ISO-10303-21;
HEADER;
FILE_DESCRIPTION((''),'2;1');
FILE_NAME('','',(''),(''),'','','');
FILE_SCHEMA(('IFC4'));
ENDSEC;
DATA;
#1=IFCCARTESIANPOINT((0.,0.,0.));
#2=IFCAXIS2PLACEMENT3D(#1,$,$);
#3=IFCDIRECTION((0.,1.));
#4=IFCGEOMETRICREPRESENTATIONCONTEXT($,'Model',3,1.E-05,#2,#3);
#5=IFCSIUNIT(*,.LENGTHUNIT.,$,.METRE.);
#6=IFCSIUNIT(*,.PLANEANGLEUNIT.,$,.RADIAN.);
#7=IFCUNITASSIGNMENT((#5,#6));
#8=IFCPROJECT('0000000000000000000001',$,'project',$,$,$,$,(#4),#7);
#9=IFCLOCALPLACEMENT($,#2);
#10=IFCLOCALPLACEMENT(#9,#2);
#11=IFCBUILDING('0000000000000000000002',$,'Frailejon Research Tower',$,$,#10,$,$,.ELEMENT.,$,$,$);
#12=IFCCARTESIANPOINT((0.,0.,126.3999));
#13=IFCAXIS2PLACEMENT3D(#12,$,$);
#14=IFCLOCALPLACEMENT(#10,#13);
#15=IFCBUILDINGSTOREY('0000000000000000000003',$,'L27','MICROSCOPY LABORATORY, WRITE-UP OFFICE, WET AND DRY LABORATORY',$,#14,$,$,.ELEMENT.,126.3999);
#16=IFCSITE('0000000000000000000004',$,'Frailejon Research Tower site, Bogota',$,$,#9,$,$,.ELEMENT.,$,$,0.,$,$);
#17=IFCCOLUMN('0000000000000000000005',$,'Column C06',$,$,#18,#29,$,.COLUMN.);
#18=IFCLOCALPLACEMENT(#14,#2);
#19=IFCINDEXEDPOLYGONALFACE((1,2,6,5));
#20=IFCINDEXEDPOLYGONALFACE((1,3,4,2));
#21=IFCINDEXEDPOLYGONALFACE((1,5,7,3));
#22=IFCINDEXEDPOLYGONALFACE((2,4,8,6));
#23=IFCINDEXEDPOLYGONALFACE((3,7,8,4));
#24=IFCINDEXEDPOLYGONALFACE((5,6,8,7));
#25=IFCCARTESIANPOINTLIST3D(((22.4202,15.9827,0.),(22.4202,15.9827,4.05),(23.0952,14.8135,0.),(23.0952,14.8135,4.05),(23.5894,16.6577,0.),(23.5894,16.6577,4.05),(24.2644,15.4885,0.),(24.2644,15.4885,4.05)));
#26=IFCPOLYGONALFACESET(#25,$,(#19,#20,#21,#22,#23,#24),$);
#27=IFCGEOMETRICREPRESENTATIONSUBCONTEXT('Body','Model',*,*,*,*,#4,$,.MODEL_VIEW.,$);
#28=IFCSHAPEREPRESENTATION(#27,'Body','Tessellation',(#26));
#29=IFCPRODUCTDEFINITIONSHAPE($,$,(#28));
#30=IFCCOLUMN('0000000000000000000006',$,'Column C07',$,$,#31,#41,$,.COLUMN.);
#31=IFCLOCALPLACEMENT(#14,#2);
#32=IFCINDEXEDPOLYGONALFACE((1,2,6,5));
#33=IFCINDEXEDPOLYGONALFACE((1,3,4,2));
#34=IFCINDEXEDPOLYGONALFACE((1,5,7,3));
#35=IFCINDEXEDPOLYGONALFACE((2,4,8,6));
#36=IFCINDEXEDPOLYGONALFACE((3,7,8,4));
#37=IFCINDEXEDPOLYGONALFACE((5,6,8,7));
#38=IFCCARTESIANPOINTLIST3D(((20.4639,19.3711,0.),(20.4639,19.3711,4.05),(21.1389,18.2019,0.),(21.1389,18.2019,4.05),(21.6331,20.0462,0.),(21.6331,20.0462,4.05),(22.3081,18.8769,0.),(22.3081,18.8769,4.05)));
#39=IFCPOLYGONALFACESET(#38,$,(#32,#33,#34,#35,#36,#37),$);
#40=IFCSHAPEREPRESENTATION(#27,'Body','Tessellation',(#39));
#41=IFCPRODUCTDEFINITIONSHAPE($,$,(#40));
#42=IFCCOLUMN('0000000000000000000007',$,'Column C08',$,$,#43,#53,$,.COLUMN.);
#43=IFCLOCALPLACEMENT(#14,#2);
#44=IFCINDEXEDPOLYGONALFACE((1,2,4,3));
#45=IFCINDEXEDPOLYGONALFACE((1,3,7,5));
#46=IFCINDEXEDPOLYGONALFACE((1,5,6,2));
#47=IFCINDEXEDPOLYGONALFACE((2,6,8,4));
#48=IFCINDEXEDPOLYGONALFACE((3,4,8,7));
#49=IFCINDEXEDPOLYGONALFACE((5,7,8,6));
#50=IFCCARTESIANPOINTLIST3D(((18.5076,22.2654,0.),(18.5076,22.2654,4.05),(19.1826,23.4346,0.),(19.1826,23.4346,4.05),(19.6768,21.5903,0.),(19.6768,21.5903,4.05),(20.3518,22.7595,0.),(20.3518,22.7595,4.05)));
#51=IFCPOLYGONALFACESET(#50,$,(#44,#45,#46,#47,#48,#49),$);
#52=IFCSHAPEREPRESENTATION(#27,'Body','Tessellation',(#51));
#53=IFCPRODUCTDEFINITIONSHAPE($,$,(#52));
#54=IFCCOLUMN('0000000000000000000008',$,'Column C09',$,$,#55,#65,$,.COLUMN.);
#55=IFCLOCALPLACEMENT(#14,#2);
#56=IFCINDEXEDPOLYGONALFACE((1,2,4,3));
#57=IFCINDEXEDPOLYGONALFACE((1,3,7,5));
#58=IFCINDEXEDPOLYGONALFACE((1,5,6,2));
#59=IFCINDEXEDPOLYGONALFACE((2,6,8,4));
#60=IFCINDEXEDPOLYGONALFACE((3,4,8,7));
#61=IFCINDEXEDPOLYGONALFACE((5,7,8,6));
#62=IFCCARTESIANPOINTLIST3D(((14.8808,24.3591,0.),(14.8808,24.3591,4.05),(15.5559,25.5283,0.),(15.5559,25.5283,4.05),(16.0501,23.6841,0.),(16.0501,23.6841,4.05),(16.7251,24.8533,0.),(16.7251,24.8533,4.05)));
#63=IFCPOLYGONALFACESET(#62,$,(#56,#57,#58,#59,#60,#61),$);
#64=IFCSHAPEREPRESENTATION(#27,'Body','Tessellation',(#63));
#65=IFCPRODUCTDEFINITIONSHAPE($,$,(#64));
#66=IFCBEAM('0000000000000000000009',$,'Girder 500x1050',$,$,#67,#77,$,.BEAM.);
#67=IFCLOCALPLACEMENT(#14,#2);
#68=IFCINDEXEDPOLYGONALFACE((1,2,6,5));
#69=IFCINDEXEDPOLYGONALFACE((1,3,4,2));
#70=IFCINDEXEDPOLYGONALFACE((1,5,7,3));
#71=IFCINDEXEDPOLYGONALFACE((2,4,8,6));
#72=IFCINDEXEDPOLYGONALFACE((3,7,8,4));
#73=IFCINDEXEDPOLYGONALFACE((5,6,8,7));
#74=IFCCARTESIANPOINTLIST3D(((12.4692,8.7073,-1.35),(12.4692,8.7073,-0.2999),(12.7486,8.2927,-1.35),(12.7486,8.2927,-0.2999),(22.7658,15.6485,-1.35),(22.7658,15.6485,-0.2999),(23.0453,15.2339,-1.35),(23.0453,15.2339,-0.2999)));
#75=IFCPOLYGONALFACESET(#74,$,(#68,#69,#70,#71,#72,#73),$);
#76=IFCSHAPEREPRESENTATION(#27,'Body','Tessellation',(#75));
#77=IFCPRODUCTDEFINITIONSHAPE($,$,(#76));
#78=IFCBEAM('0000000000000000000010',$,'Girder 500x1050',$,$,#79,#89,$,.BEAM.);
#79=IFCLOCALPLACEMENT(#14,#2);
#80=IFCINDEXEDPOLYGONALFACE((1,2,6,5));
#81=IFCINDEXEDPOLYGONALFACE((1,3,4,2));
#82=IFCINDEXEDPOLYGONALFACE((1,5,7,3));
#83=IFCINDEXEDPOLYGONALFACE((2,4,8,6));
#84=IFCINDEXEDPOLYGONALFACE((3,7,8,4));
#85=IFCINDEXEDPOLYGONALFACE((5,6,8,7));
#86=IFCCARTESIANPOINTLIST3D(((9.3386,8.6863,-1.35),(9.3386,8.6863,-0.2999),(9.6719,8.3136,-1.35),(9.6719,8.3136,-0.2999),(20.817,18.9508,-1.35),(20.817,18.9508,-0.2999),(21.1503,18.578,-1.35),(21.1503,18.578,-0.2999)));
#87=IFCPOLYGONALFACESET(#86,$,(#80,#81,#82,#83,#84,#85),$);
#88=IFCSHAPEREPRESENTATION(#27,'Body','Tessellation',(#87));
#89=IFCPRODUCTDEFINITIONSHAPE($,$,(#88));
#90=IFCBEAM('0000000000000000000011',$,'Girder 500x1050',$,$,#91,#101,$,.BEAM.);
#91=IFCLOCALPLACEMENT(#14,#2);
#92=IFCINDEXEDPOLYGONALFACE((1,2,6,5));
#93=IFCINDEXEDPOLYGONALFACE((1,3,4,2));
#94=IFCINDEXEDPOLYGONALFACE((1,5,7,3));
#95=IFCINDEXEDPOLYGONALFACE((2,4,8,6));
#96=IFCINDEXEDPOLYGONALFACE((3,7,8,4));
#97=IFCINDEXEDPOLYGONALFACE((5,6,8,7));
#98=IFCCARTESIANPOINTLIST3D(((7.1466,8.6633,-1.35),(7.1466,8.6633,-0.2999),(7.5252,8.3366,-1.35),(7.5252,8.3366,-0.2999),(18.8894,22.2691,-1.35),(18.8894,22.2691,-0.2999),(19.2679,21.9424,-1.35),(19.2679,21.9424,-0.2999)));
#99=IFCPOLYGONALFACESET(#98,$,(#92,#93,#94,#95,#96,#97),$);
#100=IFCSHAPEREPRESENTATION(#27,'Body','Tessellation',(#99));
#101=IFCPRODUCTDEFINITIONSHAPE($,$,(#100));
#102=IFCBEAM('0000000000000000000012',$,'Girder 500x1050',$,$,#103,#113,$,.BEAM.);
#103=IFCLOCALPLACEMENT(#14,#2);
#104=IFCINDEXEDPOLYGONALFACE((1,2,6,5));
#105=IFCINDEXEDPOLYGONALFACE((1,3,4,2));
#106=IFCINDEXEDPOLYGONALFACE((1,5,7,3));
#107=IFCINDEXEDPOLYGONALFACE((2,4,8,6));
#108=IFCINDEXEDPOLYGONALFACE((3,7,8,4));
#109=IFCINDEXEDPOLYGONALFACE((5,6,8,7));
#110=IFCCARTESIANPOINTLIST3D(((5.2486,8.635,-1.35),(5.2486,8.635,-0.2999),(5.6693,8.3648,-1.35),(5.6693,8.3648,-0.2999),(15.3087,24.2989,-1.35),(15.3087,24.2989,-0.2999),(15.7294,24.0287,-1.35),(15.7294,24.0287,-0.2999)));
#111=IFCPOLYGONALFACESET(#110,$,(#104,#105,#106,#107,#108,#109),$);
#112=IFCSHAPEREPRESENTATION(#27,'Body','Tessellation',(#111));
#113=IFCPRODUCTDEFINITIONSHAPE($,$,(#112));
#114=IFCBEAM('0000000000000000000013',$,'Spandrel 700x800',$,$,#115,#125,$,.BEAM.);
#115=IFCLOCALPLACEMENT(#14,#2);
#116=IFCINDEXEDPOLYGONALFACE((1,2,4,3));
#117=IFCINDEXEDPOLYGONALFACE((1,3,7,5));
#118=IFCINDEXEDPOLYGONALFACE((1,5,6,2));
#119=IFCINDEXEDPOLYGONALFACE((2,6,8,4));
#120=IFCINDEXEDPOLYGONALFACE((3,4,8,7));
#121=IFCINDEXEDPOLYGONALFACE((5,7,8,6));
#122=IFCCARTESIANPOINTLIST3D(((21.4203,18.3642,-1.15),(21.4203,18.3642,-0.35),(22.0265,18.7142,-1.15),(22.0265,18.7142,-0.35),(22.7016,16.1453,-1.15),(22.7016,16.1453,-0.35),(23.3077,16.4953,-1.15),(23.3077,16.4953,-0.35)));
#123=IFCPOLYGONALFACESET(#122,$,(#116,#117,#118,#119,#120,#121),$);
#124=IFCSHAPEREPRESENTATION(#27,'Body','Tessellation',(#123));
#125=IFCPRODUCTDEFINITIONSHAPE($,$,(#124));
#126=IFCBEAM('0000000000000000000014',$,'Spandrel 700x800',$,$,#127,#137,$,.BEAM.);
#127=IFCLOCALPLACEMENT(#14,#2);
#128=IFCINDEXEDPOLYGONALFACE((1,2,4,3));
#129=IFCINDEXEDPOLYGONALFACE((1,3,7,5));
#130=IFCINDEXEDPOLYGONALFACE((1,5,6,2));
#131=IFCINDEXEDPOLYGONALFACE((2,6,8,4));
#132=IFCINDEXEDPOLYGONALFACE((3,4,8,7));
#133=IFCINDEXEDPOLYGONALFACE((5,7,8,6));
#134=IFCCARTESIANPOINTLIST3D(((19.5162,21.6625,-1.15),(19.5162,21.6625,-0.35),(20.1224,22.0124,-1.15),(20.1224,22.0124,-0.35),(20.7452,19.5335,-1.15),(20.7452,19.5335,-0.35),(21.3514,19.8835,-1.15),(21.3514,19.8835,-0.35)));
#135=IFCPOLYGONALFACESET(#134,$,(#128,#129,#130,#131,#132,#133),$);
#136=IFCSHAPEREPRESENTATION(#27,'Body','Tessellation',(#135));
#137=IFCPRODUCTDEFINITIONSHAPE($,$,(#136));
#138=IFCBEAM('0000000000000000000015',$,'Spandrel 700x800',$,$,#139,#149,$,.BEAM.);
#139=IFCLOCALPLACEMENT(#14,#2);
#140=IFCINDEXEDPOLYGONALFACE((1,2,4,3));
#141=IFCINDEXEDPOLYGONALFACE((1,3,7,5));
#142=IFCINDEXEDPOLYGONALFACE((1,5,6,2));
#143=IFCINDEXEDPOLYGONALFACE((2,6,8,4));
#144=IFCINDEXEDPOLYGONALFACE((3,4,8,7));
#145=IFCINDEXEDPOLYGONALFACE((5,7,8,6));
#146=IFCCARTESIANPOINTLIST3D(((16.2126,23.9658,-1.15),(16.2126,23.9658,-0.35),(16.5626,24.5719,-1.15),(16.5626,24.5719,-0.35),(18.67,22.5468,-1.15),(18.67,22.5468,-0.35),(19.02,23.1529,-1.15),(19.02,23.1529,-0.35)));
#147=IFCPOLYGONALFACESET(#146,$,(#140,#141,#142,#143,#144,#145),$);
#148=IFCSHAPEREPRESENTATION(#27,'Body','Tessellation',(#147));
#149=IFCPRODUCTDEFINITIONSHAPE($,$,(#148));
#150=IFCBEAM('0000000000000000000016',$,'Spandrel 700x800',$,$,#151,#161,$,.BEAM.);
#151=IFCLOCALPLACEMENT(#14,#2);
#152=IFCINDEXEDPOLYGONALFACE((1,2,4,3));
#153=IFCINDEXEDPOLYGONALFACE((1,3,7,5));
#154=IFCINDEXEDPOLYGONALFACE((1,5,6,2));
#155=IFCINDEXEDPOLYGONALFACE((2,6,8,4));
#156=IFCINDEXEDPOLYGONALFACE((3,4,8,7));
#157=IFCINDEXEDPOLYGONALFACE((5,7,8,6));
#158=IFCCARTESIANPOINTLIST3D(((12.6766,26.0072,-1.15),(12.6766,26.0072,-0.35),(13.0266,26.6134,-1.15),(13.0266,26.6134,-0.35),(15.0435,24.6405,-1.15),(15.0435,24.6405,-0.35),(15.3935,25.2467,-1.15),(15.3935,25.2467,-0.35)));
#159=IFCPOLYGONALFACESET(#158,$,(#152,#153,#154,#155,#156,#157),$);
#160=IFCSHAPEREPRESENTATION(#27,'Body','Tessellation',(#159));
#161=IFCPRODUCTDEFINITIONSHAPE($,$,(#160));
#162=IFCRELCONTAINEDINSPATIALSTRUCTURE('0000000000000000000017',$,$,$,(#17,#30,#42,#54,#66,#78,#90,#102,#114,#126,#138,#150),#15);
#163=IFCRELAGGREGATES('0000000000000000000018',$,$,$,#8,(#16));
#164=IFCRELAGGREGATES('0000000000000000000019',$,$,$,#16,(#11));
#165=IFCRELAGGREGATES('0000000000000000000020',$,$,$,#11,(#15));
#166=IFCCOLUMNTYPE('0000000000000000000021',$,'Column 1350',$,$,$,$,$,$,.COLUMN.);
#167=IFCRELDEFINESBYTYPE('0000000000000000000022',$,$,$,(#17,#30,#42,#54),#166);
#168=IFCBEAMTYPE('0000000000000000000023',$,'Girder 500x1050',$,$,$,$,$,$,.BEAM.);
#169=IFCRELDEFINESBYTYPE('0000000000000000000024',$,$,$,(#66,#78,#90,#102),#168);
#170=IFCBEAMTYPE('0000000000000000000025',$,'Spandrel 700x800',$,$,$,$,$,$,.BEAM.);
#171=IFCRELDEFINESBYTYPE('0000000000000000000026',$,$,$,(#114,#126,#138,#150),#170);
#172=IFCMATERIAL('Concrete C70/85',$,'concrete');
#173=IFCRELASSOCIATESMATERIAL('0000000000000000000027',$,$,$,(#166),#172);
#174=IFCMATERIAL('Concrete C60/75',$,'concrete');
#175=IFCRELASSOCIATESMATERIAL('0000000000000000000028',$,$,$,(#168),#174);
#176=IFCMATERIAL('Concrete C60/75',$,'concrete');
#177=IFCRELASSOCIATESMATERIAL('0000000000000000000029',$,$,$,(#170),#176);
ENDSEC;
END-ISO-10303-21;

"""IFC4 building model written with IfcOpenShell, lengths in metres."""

from ifc_helpers import new_model, si_unit, direction, frame, origin, origin_2d, place, context, subcontext, project, spatial, rectangle, extrude, material, material_profile, profile_set, type_object, element, save


model = new_model("IFC4")

# Units and contexts
model_context = context("Model", 3, precision=1e-05, world=origin(), true_north=direction((0.0, 1.0)))
body_context = subcontext(model_context, "Body", "Model", "MODEL_VIEW")
ifc_project = project(units=[si_unit("LENGTHUNIT", "METRE"), si_unit("PLANEANGLEUNIT", "RADIAN")], contexts=[model_context])

# Site, building, storey
site_placement = place(None, origin())
site = spatial("IfcSite", under=ifc_project, at=site_placement, Name="Frailejon Research Tower site, Bogota", CompositionType="ELEMENT", RefElevation=0.0)
building_placement = place(site_placement, origin())
building = spatial("IfcBuilding", under=site, at=building_placement, Name="Frailejon Research Tower", CompositionType="ELEMENT")
storey_placement = place(building_placement, frame((0.0, 0.0, 126.3999)))
storey = spatial("IfcBuildingStorey", under=building, at=storey_placement, Name="L27", Description="MICROSCOPY LABORATORY, WRITE-UP OFFICE, WET AND DRY LABORATORY", CompositionType="ELEMENT", Elevation=126.3999)

# Columns
ifc_material_1 = material(Name="Concrete C70/85", Category="concrete")
ifc_material_profile_1 = material_profile(ifc_material_1, rectangle(XDim=1.3501, YDim=1.3501, at=origin_2d()), Name="Column 1350")
ifc_profile_set_1 = profile_set([ifc_material_profile_1], Name="Concrete C70/85")
column_type = type_object("IfcColumnType", Name="Column 1350", PredefinedType="COLUMN", material=ifc_profile_set_1)
for number, where, z_axis, x_axis, name in (
    (1, (23.3423, 15.7356, 0.0), (0.0, 0.0, 1.0), (-0.5, 0.866025, 0.0), "Column C06"),
    (2, (21.386, 19.124, 0.0), (0.0, 0.0, 1.0), (-0.5, 0.866025, 0.0), "Column C07"),
    (3, (19.4297, 22.5125, 0.0), (0.0, 0.0, 1.0), (-0.866025, 0.5, 0.0), "Column C08"),
    (4, (15.803, 24.6062, 0.0), (0.0, 0.0, 1.0), (-0.866025, 0.5, 0.0), "Column C09"),
):
    element("IfcColumn", number, at=place(storey_placement, frame(where, z_axis=z_axis, x_axis=x_axis)), inside=storey, type_object=column_type, Name=name, PredefinedType="COLUMN", context=body_context, shape_type="SweptSolid", body=[
        extrude(rectangle(XDim=1.3501, YDim=1.3501, at=origin_2d()), origin(), (0.0, 0.0, 1.0), 4.05),
    ])

# Beams
ifc_material_2 = material(Name="Concrete C60/75", Category="concrete")
ifc_material_profile_2 = material_profile(ifc_material_2, rectangle(XDim=0.5, YDim=1.05, at=origin_2d()), Name="Girder 500x1050")
ifc_profile_set_2 = profile_set([ifc_material_profile_2], Name="Concrete C60/75")
beam_type_1 = type_object("IfcBeamType", Name="Girder 500x1050", PredefinedType="BEAM", material=ifc_profile_set_2)
beam_1_placement = place(storey_placement, frame((22.9055, 15.4412, -0.825), z_axis=(-0.829187, -0.558971, 0.0), x_axis=(0.558971, -0.829187, 0.0)))
element("IfcBeam", 5, at=beam_1_placement, inside=storey, type_object=beam_type_1, Name="Girder 500x1050", PredefinedType="BEAM", context=body_context, shape_type="SweptSolid", body=[
    extrude(rectangle(XDim=0.5, YDim=1.05, at=origin_2d()), origin(), (0.0, 0.0, 1.0), 12.4177),
])
beam_2_placement = place(storey_placement, frame((20.9836, 18.7644, -0.825), z_axis=(-0.745423, -0.666592, 0.0), x_axis=(0.666592, -0.745423, 0.0)))
element("IfcBeam", 6, at=beam_2_placement, inside=storey, type_object=beam_type_1, Name="Girder 500x1050", PredefinedType="BEAM", context=body_context, shape_type="SweptSolid", body=[
    extrude(rectangle(XDim=0.5, YDim=1.05, at=origin_2d()), origin(), (0.0, 0.0, 1.0), 15.3984),
])
beam_3_placement = place(storey_placement, frame((19.0786, 22.1057, -0.825), z_axis=(-0.653374, -0.757035, 0.0), x_axis=(0.757035, -0.653374, 0.0)))
element("IfcBeam", 7, at=beam_3_placement, inside=storey, type_object=beam_type_1, Name="Girder 500x1050", PredefinedType="BEAM", context=body_context, shape_type="SweptSolid", body=[
    extrude(rectangle(XDim=0.5, YDim=1.05, at=origin_2d()), origin(), (0.0, 0.0, 1.0), 17.9724),
])
beam_4_placement = place(storey_placement, frame((15.519, 24.1638, -0.825), z_axis=(-0.540395, -0.841411, 0.0), x_axis=(0.841411, -0.540395, 0.0)))
element("IfcBeam", 8, at=beam_4_placement, inside=storey, type_object=beam_type_1, Name="Girder 500x1050", PredefinedType="BEAM", context=body_context, shape_type="SweptSolid", body=[
    extrude(rectangle(XDim=0.5, YDim=1.05, at=origin_2d()), origin(), (0.0, 0.0, 1.0), 18.6162),
])
ifc_material_3 = material(Name="Concrete C60/75", Category="concrete")
ifc_material_profile_3 = material_profile(ifc_material_3, rectangle(XDim=0.7, YDim=0.8, at=origin_2d()), Name="Spandrel 700x800")
ifc_profile_set_3 = profile_set([ifc_material_profile_3], Name="Concrete C60/75")
beam_type_2 = type_object("IfcBeamType", Name="Spandrel 700x800", PredefinedType="BEAM", material=ifc_profile_set_3)
beam_5_placement = place(storey_placement, frame((23.0046, 16.3203, -0.75), z_axis=(-0.500033, 0.866006, 0.0), x_axis=(-0.866006, -0.500033, 0.0)))
element("IfcBeam", 9, at=beam_5_placement, inside=storey, type_object=beam_type_2, Name="Spandrel 700x800", PredefinedType="BEAM", context=body_context, shape_type="SweptSolid", body=[
    extrude(rectangle(XDim=0.7, YDim=0.8, at=origin_2d()), origin(), (0.0, 0.0, 1.0), 2.5623),
])
beam_6_placement = place(storey_placement, frame((21.0483, 19.7085, -0.75), z_axis=(-0.499963, 0.866047, 0.0), x_axis=(-0.866047, -0.499963, 0.0)))
element("IfcBeam", 10, at=beam_6_placement, inside=storey, type_object=beam_type_2, Name="Spandrel 700x800", PredefinedType="BEAM", context=body_context, shape_type="SweptSolid", body=[
    extrude(rectangle(XDim=0.7, YDim=0.8, at=origin_2d()), origin(), (0.0, 0.0, 1.0), 2.4583),
])
beam_7_placement = place(storey_placement, frame((18.845, 22.8499, -0.75), z_axis=(-0.865989, 0.500063, 0.0), x_axis=(-0.500063, -0.865989, 0.0)))
element("IfcBeam", 11, at=beam_7_placement, inside=storey, type_object=beam_type_2, Name="Spandrel 700x800", PredefinedType="BEAM", context=body_context, shape_type="SweptSolid", body=[
    extrude(rectangle(XDim=0.7, YDim=0.8, at=origin_2d()), origin(), (0.0, 0.0, 1.0), 2.8376),
])
beam_8_placement = place(storey_placement, frame((15.2185, 24.9436, -0.75), z_axis=(-0.866003, 0.500039, 0.0), x_axis=(-0.500039, -0.866003, 0.0)))
element("IfcBeam", 12, at=beam_8_placement, inside=storey, type_object=beam_type_2, Name="Spandrel 700x800", PredefinedType="BEAM", context=body_context, shape_type="SweptSolid", body=[
    extrude(rectangle(XDim=0.7, YDim=0.8, at=origin_2d()), origin(), (0.0, 0.0, 1.0), 2.7332),
])

save(model, "model.ifc")
